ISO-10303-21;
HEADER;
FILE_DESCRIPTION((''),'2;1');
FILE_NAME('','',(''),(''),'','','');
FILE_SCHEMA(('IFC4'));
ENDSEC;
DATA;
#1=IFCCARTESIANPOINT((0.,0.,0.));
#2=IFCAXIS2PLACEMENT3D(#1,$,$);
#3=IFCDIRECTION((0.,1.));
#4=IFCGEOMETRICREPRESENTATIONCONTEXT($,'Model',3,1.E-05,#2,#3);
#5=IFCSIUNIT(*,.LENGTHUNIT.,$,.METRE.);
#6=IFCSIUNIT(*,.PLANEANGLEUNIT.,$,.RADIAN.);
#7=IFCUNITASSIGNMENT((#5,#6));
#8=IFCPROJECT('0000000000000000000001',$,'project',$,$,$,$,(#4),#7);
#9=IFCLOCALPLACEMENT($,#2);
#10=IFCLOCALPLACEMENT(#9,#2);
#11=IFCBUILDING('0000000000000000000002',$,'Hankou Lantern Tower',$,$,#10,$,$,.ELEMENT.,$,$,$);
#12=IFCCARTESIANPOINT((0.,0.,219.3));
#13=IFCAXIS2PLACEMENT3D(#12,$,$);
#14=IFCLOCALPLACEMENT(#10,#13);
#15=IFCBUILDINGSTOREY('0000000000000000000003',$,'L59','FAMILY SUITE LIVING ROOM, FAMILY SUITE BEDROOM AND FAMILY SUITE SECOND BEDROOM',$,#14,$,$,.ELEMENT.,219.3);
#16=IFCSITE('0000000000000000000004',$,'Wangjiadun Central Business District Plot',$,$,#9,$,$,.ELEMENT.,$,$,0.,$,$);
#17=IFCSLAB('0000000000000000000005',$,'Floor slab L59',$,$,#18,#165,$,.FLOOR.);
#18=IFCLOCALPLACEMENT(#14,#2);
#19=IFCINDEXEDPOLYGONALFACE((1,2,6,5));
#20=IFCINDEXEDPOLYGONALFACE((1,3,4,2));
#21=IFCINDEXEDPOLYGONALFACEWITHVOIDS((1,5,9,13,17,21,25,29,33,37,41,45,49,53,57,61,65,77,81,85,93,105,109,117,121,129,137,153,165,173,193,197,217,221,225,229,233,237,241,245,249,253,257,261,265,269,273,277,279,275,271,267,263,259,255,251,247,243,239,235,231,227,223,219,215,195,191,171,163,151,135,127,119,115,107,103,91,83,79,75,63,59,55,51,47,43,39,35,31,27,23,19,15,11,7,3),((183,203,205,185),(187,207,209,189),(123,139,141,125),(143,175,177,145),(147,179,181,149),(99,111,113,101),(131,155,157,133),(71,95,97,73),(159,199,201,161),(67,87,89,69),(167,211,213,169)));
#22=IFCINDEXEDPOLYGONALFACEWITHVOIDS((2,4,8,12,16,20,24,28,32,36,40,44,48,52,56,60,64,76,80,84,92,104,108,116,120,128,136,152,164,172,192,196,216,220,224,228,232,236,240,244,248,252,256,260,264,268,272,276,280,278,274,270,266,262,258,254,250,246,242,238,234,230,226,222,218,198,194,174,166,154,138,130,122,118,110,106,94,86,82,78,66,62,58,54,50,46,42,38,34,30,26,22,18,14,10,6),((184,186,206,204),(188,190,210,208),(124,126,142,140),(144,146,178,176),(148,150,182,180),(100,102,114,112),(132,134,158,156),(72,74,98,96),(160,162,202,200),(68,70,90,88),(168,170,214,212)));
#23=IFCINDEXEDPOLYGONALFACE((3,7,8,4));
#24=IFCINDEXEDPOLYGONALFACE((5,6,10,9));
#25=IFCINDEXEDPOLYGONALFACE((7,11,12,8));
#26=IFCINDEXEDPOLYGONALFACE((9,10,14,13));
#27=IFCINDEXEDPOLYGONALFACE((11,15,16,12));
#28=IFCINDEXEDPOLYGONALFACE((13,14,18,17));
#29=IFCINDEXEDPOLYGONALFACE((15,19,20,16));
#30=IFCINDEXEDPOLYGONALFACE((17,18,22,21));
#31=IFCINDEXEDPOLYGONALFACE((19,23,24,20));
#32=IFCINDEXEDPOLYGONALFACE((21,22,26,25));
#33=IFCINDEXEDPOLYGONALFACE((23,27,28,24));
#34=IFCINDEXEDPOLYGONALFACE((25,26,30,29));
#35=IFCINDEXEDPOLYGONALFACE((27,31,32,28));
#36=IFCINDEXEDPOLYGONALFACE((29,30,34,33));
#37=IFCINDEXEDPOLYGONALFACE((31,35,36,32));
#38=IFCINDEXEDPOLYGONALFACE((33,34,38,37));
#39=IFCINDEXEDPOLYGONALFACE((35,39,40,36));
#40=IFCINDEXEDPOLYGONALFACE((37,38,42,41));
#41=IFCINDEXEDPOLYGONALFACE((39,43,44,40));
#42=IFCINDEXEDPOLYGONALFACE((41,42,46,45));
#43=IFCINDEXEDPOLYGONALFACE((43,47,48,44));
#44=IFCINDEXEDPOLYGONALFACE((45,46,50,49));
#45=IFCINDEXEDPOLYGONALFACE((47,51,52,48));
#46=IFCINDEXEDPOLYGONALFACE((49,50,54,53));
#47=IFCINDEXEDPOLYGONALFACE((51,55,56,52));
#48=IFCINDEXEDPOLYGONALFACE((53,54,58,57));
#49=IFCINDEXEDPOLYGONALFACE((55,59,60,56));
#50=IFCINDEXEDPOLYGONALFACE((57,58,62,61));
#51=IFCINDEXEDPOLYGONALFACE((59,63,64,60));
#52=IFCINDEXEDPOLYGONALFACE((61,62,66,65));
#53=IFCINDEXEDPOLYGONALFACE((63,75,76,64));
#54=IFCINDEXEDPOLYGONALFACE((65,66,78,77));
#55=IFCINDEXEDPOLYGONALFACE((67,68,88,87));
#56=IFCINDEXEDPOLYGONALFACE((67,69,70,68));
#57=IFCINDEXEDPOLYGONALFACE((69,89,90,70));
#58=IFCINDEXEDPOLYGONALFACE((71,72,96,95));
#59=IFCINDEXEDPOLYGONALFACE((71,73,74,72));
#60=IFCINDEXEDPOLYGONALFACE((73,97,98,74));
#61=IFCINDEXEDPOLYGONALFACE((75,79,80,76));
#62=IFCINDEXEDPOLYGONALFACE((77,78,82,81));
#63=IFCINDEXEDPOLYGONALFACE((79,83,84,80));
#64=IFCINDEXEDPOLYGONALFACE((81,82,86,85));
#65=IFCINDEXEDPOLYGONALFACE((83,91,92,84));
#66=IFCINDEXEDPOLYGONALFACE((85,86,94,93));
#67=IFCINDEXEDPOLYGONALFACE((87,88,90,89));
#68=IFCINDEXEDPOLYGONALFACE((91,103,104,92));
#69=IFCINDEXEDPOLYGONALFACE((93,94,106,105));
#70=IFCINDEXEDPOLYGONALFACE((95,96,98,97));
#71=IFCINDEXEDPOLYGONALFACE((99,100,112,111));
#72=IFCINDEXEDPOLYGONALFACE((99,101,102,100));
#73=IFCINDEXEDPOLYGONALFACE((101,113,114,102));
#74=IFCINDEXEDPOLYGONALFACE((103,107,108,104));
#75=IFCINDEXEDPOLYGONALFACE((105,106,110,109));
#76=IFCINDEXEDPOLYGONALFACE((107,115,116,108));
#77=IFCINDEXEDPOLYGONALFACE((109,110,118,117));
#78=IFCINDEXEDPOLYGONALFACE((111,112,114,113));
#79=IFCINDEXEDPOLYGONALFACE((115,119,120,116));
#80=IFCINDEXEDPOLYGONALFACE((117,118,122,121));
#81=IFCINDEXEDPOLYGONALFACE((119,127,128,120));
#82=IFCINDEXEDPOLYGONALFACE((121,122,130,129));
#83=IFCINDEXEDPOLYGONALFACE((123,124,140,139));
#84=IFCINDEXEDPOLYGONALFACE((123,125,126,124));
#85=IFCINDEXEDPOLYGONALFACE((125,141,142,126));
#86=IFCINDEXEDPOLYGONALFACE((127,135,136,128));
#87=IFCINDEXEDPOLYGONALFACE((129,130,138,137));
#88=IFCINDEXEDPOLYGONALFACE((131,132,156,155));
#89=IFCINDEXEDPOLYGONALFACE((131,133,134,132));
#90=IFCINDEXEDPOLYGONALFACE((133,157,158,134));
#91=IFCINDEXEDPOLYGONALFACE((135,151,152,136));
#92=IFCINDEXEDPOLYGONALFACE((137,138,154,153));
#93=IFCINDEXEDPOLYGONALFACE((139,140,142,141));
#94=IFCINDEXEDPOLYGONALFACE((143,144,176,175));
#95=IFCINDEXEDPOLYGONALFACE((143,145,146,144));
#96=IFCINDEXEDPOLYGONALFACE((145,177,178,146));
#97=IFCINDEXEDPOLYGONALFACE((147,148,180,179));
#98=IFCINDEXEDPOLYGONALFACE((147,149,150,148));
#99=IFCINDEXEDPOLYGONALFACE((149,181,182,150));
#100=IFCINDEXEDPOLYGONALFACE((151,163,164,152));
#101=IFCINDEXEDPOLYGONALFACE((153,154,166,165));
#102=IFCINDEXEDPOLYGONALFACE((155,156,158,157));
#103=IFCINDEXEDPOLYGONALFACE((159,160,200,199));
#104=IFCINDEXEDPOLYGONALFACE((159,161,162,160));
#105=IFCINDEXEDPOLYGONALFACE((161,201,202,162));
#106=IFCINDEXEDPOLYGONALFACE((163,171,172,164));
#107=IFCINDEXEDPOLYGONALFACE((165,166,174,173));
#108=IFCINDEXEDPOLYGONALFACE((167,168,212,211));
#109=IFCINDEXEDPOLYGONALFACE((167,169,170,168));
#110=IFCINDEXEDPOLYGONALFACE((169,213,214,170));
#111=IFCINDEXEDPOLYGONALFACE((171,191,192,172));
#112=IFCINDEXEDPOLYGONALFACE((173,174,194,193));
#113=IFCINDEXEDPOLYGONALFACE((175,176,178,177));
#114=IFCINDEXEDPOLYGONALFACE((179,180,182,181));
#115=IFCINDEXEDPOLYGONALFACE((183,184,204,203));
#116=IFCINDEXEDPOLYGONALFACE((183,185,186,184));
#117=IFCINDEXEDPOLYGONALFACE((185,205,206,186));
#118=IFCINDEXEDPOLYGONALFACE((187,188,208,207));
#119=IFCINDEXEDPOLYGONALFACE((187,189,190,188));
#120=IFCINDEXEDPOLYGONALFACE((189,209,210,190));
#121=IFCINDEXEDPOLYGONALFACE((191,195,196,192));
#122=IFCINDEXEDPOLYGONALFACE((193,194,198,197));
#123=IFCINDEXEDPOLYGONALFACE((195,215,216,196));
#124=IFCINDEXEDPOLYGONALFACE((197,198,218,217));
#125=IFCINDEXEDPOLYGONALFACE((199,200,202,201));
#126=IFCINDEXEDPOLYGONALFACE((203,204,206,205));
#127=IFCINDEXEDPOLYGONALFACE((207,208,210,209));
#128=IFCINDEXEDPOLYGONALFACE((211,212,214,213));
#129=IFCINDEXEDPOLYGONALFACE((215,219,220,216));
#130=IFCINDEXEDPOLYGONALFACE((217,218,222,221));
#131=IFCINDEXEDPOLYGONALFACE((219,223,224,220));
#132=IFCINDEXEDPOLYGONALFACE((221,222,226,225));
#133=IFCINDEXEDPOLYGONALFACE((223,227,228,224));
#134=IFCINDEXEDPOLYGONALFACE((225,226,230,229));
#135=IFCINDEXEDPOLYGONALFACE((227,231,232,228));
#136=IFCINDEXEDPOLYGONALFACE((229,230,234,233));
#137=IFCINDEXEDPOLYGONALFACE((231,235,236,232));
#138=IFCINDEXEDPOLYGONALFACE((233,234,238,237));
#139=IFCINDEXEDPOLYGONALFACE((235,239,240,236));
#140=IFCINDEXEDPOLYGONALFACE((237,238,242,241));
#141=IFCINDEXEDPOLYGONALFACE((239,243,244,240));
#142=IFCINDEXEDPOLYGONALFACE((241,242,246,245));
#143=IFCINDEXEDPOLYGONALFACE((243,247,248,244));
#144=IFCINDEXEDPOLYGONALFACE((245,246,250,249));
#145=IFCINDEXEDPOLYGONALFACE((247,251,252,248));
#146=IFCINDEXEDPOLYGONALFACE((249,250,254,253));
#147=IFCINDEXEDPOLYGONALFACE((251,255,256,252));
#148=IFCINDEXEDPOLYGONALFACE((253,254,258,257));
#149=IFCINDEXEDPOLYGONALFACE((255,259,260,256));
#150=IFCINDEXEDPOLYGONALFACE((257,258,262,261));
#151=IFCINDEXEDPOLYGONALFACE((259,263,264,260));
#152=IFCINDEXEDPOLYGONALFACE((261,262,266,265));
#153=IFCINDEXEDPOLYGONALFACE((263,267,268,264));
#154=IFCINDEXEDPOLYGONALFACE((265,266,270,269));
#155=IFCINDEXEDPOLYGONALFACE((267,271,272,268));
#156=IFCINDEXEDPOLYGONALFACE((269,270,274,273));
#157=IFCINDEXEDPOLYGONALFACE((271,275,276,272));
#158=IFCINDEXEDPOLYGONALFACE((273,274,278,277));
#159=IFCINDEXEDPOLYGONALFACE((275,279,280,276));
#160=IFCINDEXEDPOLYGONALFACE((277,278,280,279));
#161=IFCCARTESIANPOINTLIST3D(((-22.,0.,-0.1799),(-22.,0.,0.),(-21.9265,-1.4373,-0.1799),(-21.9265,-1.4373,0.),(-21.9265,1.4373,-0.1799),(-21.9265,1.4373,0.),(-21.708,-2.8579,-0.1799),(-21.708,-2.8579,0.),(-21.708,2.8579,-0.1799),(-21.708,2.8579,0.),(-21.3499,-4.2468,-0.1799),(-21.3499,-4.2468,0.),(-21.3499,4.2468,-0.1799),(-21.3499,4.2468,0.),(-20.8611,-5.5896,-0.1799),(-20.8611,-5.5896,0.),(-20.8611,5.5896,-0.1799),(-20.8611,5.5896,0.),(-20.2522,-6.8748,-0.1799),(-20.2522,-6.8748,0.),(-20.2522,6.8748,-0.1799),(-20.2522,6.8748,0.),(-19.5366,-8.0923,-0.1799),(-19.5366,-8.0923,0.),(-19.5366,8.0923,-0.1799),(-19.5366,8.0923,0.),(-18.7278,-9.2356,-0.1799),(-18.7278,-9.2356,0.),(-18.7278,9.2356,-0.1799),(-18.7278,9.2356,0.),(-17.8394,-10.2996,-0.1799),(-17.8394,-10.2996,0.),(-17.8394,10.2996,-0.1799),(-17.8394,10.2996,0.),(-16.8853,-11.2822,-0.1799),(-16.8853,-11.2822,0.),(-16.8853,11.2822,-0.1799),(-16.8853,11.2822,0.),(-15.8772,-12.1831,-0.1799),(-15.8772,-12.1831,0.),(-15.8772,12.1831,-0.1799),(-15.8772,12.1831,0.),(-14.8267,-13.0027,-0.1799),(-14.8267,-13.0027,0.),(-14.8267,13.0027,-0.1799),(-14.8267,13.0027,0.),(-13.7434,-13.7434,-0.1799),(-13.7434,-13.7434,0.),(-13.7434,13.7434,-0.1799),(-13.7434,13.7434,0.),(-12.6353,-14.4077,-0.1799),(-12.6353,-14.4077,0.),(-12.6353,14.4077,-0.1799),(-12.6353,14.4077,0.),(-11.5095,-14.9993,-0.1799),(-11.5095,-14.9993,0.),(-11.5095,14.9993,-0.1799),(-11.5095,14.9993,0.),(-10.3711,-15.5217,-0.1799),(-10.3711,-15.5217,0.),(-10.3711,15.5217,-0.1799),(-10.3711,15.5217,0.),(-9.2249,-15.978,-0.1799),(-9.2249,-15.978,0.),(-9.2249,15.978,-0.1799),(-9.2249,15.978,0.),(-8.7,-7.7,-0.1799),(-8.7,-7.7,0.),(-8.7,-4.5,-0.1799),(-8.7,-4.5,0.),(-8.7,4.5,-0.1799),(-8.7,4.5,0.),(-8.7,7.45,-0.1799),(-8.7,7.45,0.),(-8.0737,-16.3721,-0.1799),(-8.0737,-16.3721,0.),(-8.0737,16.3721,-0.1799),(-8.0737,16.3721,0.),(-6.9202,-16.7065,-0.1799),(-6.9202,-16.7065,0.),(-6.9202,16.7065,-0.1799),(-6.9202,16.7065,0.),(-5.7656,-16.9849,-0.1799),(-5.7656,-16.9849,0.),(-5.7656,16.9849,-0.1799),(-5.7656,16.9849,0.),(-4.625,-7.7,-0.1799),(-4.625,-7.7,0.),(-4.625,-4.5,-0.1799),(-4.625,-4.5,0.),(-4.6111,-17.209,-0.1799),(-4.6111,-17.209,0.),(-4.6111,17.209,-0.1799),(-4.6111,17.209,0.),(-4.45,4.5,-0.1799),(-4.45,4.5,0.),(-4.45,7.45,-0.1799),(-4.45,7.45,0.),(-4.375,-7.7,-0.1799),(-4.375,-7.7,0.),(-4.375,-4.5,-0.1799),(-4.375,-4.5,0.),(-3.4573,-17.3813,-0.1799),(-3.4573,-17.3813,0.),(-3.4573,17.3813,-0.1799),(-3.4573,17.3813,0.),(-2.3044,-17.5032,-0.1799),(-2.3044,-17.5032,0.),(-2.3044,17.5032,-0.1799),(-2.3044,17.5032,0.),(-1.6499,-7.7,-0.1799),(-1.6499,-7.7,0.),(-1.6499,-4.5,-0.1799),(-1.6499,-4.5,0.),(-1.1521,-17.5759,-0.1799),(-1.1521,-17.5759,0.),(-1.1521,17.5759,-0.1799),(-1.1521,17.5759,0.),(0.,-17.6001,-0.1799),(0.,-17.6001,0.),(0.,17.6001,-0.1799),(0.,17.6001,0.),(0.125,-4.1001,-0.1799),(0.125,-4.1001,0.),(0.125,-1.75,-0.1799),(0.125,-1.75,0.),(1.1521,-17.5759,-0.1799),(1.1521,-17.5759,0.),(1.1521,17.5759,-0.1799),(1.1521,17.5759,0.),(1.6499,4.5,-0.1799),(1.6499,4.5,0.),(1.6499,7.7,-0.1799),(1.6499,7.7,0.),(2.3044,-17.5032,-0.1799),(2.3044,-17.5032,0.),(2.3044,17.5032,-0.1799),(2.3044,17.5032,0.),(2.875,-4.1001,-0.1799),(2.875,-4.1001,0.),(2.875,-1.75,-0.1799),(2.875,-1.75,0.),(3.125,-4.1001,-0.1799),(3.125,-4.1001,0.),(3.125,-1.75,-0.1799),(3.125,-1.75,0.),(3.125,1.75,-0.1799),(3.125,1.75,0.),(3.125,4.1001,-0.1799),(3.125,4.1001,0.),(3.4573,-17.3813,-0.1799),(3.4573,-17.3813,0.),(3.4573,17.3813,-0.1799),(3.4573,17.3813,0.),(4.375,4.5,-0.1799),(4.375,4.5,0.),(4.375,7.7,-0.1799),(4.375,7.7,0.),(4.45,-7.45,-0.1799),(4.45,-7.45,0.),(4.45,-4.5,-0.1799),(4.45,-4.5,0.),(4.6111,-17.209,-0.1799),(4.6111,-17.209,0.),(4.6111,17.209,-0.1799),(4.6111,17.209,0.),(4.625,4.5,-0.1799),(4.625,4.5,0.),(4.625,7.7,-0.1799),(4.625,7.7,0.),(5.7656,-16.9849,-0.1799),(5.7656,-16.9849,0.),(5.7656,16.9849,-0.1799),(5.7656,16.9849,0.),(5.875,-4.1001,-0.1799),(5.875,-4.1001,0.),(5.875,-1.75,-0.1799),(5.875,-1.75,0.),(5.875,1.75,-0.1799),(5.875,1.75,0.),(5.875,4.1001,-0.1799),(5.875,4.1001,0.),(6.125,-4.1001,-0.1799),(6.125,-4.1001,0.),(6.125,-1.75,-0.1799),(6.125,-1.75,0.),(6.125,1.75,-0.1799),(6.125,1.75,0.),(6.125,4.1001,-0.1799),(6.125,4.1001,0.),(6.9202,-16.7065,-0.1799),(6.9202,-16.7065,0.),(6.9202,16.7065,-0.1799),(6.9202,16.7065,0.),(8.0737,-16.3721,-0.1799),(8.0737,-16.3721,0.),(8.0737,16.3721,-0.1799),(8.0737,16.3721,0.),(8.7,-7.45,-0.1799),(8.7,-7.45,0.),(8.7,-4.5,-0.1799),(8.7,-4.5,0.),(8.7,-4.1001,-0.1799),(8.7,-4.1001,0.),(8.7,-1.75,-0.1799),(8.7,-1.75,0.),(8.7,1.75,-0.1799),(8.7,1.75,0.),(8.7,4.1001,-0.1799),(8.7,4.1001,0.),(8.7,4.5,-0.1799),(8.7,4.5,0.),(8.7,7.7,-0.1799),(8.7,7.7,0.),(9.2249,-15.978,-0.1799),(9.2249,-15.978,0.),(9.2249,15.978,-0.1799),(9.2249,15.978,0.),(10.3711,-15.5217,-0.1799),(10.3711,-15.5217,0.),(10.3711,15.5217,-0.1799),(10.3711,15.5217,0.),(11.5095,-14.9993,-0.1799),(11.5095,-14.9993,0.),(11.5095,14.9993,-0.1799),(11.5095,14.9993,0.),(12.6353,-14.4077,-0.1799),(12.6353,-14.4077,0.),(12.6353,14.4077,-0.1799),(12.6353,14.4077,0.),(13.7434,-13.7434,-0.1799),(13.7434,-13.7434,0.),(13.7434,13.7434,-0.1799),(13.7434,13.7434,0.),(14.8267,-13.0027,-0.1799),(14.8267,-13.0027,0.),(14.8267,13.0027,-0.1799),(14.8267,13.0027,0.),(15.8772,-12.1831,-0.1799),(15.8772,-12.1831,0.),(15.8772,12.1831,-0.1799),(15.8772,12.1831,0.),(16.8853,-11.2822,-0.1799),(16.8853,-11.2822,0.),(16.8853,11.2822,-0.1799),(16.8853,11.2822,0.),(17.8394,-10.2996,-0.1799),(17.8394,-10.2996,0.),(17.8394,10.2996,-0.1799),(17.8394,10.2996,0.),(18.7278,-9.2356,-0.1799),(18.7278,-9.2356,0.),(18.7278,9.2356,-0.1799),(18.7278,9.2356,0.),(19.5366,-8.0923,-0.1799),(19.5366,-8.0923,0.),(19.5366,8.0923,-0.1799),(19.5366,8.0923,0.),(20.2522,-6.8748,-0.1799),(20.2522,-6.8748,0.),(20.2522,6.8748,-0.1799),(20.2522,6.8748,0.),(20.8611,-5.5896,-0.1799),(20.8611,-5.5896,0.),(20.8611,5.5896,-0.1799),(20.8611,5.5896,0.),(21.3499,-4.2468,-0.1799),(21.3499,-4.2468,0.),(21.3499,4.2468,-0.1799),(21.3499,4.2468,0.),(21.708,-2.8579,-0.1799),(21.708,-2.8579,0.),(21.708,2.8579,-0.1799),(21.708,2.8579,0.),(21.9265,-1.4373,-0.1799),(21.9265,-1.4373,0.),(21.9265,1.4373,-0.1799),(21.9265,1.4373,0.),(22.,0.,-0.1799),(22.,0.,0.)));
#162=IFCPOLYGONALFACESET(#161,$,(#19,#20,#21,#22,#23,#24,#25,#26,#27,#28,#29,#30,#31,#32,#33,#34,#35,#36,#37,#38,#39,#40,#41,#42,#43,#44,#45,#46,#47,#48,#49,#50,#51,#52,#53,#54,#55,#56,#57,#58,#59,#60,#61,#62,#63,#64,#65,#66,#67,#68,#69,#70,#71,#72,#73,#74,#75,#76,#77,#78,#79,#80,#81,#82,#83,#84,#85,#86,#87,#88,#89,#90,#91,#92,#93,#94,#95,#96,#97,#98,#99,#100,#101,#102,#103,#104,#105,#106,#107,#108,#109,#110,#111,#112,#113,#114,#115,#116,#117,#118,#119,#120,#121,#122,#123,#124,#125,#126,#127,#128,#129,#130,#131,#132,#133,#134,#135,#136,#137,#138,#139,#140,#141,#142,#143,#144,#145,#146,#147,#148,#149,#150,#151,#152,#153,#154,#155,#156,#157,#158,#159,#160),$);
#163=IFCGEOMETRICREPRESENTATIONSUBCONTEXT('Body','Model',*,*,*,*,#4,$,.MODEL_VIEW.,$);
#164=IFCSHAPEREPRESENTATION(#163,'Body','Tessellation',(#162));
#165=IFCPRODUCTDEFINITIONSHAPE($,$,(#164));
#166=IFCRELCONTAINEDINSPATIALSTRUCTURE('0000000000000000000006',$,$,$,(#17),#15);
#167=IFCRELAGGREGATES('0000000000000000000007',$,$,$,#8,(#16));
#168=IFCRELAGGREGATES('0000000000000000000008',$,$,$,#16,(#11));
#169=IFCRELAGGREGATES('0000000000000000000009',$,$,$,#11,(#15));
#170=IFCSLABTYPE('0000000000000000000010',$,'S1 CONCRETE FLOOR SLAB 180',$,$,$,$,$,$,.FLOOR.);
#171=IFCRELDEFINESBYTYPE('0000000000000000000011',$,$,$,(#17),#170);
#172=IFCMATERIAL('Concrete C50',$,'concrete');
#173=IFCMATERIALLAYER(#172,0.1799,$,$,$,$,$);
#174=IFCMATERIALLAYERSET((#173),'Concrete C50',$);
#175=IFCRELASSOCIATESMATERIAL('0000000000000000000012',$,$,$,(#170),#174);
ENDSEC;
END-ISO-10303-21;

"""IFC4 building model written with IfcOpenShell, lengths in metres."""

from ifc_helpers import new_model, si_unit, direction, frame, origin, place, context, subcontext, project, spatial, polyline, outline, extrude, material, layer, layer_set, type_object, element, save


model = new_model("IFC4")

# Units and contexts
model_context = context("Model", 3, precision=1e-05, world=origin(), true_north=direction((0.0, 1.0)))
body_context = subcontext(model_context, "Body", "Model", "MODEL_VIEW")
ifc_project = project(units=[si_unit("LENGTHUNIT", "METRE"), si_unit("PLANEANGLEUNIT", "RADIAN")], contexts=[model_context])

# Site, building, storey
site_placement = place(None, origin())
site = spatial("IfcSite", under=ifc_project, at=site_placement, Name="Wangjiadun Central Business District Plot", CompositionType="ELEMENT", RefElevation=0.0)
building_placement = place(site_placement, origin())
building = spatial("IfcBuilding", under=site, at=building_placement, Name="Hankou Lantern Tower", CompositionType="ELEMENT")
storey_placement = place(building_placement, frame((0.0, 0.0, 219.3)))
storey = spatial("IfcBuildingStorey", under=building, at=storey_placement, Name="L59", Description="FAMILY SUITE LIVING ROOM, FAMILY SUITE BEDROOM AND FAMILY SUITE SECOND BEDROOM", CompositionType="ELEMENT", Elevation=219.3)

# Slab
ifc_material_1 = material(Name="Concrete C50", Category="concrete")
ifc_layer_1 = layer(ifc_material_1, 0.1799)
ifc_layer_set_1 = layer_set([ifc_layer_1], Name="Concrete C50")
slab_type = type_object("IfcSlabType", Name="S1 CONCRETE FLOOR SLAB 180", PredefinedType="FLOOR", material=ifc_layer_set_1)
slab_placement = place(storey_placement, frame((0.0, 0.0, -0.1799)))
element("IfcSlab", 1, at=slab_placement, inside=storey, type_object=slab_type, Name="Floor slab L59", PredefinedType="FLOOR", context=body_context, shape_type="SweptSolid", body=[
    extrude(outline(polyline([(22.0, 0.0), (21.9265, 1.4373), (21.708, 2.8579), (21.3499, 4.2468), (20.8611, 5.5896), (20.2522, 6.8748), (19.5366, 8.0923), (18.7278, 9.2356), (17.8394, 10.2996), (16.8853, 11.2822), (15.8772, 12.1831), (14.8267, 13.0027), (13.7434, 13.7434), (12.6353, 14.4077), (11.5095, 14.9993), (10.3711, 15.5217), (9.2249, 15.978), (8.0737, 16.3721), (6.9202, 16.7065), (5.7656, 16.9849), (4.6111, 17.209), (3.4573, 17.3813), (2.3044, 17.5032), (1.1521, 17.5759), (0.0, 17.6001), (-1.1521, 17.5759), (-2.3044, 17.5032), (-3.4573, 17.3813), (-4.6111, 17.209), (-5.7656, 16.9849), (-6.9202, 16.7065), (-8.0737, 16.3721), (-9.2249, 15.978), (-10.3711, 15.5217), (-11.5095, 14.9993), (-12.6353, 14.4077), (-13.7434, 13.7434), (-14.8267, 13.0027), (-15.8772, 12.1831), (-16.8853, 11.2822), (-17.8394, 10.2996), (-18.7278, 9.2356), (-19.5366, 8.0923), (-20.2522, 6.8748), (-20.8611, 5.5896), (-21.3499, 4.2468), (-21.708, 2.8579), (-21.9265, 1.4373), (-22.0, 0.0), (-21.9265, -1.4373), (-21.708, -2.8579), (-21.3499, -4.2468), (-20.8611, -5.5896), (-20.2522, -6.8748), (-19.5366, -8.0923), (-18.7278, -9.2356), (-17.8394, -10.2996), (-16.8853, -11.2822), (-15.8772, -12.1831), (-14.8267, -13.0027), (-13.7434, -13.7434), (-12.6353, -14.4077), (-11.5095, -14.9993), (-10.3711, -15.5217), (-9.2249, -15.978), (-8.0737, -16.3721), (-6.9202, -16.7065), (-5.7656, -16.9849), (-4.6111, -17.209), (-3.4573, -17.3813), (-2.3044, -17.5032), (-1.1521, -17.5759), (0.0, -17.6001), (1.1521, -17.5759), (2.3044, -17.5032), (3.4573, -17.3813), (4.6111, -17.209), (5.7656, -16.9849), (6.9202, -16.7065), (8.0737, -16.3721), (9.2249, -15.978), (10.3711, -15.5217), (11.5095, -14.9993), (12.6353, -14.4077), (13.7434, -13.7434), (14.8267, -13.0027), (15.8772, -12.1831), (16.8853, -11.2822), (17.8394, -10.2996), (18.7278, -9.2356), (19.5366, -8.0923), (20.2522, -6.8748), (20.8611, -5.5896), (21.3499, -4.2468), (21.708, -2.8579), (21.9265, -1.4373), (22.0, 0.0)]), holes=[polyline([(3.125, 4.1001), (5.875, 4.1001), (5.875, 1.75), (3.125, 1.75), (3.125, 4.1001)]), polyline([(6.125, 4.1001), (8.7, 4.1001), (8.7, 1.75), (6.125, 1.75), (6.125, 4.1001)]), polyline([(0.125, -1.75), (2.875, -1.75), (2.875, -4.1001), (0.125, -4.1001), (0.125, -1.75)]), polyline([(3.125, -1.75), (5.875, -1.75), (5.875, -4.1001), (3.125, -4.1001), (3.125, -1.75)]), polyline([(6.125, -1.75), (8.7, -1.75), (8.7, -4.1001), (6.125, -4.1001), (6.125, -1.75)]), polyline([(1.6499, 7.7), (4.375, 7.7), (4.375, 4.5), (1.6499, 4.5), (1.6499, 7.7)]), polyline([(-4.375, -4.5), (-1.6499, -4.5), (-1.6499, -7.7), (-4.375, -7.7), (-4.375, -4.5)]), polyline([(-8.7, 7.45), (-4.45, 7.45), (-4.45, 4.5), (-8.7, 4.5), (-8.7, 7.45)]), polyline([(4.45, -4.5), (8.7, -4.5), (8.7, -7.45), (4.45, -7.45), (4.45, -4.5)]), polyline([(4.625, 7.7), (8.7, 7.7), (8.7, 4.5), (4.625, 4.5), (4.625, 7.7)]), polyline([(-8.7, -4.5), (-4.625, -4.5), (-4.625, -7.7), (-8.7, -7.7), (-8.7, -4.5)])]), origin(), (0.0, 0.0, 1.0), 0.1799),
])

save(model, "model.ifc")
